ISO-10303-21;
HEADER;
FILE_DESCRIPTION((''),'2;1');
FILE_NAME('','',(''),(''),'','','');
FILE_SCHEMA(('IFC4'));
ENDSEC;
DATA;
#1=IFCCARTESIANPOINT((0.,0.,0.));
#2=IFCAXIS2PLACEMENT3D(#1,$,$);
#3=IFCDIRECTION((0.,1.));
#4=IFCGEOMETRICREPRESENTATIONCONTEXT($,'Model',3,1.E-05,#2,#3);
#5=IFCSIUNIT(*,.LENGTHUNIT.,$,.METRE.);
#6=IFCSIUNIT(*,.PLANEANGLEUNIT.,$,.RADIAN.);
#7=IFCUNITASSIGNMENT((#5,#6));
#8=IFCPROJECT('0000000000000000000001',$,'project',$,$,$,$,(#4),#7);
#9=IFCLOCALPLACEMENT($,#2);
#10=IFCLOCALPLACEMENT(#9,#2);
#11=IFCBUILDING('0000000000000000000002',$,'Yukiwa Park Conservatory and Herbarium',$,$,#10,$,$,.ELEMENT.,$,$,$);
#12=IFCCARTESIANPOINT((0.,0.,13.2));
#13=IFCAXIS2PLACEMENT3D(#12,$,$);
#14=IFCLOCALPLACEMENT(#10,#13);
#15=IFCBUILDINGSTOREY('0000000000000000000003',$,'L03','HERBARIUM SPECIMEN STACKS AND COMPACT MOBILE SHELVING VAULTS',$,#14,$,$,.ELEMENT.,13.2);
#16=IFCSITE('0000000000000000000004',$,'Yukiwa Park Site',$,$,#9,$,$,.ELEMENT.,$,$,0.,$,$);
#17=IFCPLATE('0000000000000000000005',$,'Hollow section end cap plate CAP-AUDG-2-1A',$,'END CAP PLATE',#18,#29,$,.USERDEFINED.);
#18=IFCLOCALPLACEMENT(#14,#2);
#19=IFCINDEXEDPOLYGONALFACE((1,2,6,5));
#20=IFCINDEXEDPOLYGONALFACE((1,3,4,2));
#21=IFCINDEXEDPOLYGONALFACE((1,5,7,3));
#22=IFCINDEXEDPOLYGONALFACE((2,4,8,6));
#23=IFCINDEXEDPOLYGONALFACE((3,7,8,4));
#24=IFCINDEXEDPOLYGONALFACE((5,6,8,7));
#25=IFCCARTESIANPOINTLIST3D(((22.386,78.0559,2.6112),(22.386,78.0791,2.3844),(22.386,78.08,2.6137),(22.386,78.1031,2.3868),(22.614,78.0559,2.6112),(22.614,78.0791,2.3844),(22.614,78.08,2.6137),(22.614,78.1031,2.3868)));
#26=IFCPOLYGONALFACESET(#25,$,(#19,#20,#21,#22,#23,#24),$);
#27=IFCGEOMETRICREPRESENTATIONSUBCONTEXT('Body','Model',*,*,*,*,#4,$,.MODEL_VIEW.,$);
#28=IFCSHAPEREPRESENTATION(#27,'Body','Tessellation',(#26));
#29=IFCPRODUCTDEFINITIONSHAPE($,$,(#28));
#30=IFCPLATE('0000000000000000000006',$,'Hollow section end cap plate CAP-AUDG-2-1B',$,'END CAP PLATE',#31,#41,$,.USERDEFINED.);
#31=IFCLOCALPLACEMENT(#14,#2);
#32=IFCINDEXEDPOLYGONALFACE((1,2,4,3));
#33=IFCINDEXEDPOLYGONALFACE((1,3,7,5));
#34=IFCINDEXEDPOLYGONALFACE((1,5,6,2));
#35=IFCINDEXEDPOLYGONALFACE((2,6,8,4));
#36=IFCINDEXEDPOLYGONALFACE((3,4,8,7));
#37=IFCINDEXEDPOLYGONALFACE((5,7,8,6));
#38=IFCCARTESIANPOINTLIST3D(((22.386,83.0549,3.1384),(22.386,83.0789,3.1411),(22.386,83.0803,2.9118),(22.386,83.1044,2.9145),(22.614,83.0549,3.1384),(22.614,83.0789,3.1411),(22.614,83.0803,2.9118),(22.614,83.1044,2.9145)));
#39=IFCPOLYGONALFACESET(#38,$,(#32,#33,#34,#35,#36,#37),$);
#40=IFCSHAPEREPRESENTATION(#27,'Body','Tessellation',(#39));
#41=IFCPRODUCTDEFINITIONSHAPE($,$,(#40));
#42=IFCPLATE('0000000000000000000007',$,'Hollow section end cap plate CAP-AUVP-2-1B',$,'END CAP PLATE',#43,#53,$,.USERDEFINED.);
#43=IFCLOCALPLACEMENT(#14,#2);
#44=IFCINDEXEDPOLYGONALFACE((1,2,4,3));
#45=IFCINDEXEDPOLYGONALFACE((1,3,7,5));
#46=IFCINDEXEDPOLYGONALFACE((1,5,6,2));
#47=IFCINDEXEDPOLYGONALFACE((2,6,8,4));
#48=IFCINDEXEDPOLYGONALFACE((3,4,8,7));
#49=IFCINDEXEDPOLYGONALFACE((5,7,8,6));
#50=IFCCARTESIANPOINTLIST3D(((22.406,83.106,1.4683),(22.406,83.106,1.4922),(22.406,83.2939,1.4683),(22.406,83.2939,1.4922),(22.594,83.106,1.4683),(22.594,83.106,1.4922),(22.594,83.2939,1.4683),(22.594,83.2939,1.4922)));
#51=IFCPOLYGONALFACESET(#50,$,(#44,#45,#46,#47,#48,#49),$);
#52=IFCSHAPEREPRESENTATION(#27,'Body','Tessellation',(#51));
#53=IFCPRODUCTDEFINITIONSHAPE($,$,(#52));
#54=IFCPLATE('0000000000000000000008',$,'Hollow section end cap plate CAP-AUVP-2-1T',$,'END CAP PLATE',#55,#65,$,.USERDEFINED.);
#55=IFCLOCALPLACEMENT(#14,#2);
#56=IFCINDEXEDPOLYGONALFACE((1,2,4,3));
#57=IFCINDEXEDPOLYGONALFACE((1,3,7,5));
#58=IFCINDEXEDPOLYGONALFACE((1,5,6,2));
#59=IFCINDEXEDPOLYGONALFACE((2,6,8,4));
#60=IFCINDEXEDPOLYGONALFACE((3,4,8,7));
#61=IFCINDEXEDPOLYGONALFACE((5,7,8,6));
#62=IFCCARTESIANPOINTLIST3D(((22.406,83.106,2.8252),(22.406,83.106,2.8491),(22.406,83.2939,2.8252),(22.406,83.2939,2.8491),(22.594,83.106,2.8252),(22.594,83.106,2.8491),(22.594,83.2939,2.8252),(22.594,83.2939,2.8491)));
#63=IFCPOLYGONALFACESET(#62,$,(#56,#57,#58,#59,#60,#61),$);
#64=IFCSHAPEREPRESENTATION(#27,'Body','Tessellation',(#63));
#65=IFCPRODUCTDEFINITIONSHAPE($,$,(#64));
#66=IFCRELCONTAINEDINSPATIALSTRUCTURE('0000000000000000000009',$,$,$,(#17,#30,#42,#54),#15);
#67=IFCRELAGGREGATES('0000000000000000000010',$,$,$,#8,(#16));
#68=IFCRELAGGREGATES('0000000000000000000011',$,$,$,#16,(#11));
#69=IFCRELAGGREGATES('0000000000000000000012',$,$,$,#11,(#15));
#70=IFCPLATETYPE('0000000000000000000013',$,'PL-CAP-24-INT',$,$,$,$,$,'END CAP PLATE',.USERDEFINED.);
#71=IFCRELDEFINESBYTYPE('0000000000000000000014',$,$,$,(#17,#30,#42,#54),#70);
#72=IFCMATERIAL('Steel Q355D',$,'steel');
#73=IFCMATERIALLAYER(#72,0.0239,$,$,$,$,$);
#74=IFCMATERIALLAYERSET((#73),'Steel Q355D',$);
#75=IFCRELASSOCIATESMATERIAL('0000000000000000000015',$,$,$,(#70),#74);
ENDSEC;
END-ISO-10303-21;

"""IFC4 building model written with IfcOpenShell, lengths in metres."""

from ifc_helpers import new_model, si_unit, direction, frame, origin, origin_2d, place, context, subcontext, project, spatial, rectangle, extrude, material, layer, layer_set, type_object, element, save


model = new_model("IFC4")

# Units and contexts
model_context = context("Model", 3, precision=1e-05, world=origin(), true_north=direction((0.0, 1.0)))
body_context = subcontext(model_context, "Body", "Model", "MODEL_VIEW")
ifc_project = project(units=[si_unit("LENGTHUNIT", "METRE"), si_unit("PLANEANGLEUNIT", "RADIAN")], contexts=[model_context])

# Site, building, storey
site_placement = place(None, origin())
site = spatial("IfcSite", under=ifc_project, at=site_placement, Name="Yukiwa Park Site", CompositionType="ELEMENT", RefElevation=0.0)
building_placement = place(site_placement, origin())
building = spatial("IfcBuilding", under=site, at=building_placement, Name="Yukiwa Park Conservatory and Herbarium", CompositionType="ELEMENT")
storey_placement = place(building_placement, frame((0.0, 0.0, 13.2)))
storey = spatial("IfcBuildingStorey", under=building, at=storey_placement, Name="L03", Description="HERBARIUM SPECIMEN STACKS AND COMPACT MOBILE SHELVING VAULTS", CompositionType="ELEMENT", Elevation=13.2)

# Plates
ifc_material_1 = material(Name="Steel Q355D", Category="steel")
ifc_layer_1 = layer(ifc_material_1, 0.0239)
ifc_layer_set_1 = layer_set([ifc_layer_1], Name="Steel Q355D")
plate_type_1 = type_object("IfcPlateType", Name="PL-CAP-24-INT", ElementType="END CAP PLATE", PredefinedType="USERDEFINED", material=ifc_layer_set_1)
for number, where, z_axis, x_axis, name in (
    (1, (22.5, 78.0916, 2.5002), (0.0, -0.994834, -0.101514), (1.0, 0.0, 0.0), "Hollow section end cap plate CAP-AUDG-2-1A"),
    (2, (22.5, 83.0676, 3.0251), (0.0, 0.993759, 0.111544), (-1.0, 0.0, 0.0), "Hollow section end cap plate CAP-AUDG-2-1B"),
):
    element("IfcPlate", number, at=place(storey_placement, frame(where, z_axis=z_axis, x_axis=x_axis)), inside=storey, type_object=plate_type_1, Name=name, ObjectType="END CAP PLATE", PredefinedType="USERDEFINED", context=body_context, shape_type="SweptSolid", body=[
        extrude(rectangle(XDim=0.228, YDim=0.228, at=origin_2d()), origin(), (0.0, 0.0, 1.0), 0.0242),
    ])
for number, where, z_axis, x_axis, name in (
    (3, (22.5, 83.2, 1.4922), (0.0, 0.0, -1.0), (1.0, 0.0, 0.0), "Hollow section end cap plate CAP-AUVP-2-1B"),
    (4, (22.5, 83.2, 2.8252), (0.0, 0.0, 1.0), (1.0, 0.0, 0.0), "Hollow section end cap plate CAP-AUVP-2-1T"),
):
    element("IfcPlate", number, at=place(storey_placement, frame(where, z_axis=z_axis, x_axis=x_axis)), inside=storey, type_object=plate_type_1, Name=name, ObjectType="END CAP PLATE", PredefinedType="USERDEFINED", context=body_context, shape_type="SweptSolid", body=[
        extrude(rectangle(XDim=0.188, YDim=0.188, at=origin_2d()), origin(), (0.0, 0.0, 1.0), 0.0239),
    ])

save(model, "model.ifc")
